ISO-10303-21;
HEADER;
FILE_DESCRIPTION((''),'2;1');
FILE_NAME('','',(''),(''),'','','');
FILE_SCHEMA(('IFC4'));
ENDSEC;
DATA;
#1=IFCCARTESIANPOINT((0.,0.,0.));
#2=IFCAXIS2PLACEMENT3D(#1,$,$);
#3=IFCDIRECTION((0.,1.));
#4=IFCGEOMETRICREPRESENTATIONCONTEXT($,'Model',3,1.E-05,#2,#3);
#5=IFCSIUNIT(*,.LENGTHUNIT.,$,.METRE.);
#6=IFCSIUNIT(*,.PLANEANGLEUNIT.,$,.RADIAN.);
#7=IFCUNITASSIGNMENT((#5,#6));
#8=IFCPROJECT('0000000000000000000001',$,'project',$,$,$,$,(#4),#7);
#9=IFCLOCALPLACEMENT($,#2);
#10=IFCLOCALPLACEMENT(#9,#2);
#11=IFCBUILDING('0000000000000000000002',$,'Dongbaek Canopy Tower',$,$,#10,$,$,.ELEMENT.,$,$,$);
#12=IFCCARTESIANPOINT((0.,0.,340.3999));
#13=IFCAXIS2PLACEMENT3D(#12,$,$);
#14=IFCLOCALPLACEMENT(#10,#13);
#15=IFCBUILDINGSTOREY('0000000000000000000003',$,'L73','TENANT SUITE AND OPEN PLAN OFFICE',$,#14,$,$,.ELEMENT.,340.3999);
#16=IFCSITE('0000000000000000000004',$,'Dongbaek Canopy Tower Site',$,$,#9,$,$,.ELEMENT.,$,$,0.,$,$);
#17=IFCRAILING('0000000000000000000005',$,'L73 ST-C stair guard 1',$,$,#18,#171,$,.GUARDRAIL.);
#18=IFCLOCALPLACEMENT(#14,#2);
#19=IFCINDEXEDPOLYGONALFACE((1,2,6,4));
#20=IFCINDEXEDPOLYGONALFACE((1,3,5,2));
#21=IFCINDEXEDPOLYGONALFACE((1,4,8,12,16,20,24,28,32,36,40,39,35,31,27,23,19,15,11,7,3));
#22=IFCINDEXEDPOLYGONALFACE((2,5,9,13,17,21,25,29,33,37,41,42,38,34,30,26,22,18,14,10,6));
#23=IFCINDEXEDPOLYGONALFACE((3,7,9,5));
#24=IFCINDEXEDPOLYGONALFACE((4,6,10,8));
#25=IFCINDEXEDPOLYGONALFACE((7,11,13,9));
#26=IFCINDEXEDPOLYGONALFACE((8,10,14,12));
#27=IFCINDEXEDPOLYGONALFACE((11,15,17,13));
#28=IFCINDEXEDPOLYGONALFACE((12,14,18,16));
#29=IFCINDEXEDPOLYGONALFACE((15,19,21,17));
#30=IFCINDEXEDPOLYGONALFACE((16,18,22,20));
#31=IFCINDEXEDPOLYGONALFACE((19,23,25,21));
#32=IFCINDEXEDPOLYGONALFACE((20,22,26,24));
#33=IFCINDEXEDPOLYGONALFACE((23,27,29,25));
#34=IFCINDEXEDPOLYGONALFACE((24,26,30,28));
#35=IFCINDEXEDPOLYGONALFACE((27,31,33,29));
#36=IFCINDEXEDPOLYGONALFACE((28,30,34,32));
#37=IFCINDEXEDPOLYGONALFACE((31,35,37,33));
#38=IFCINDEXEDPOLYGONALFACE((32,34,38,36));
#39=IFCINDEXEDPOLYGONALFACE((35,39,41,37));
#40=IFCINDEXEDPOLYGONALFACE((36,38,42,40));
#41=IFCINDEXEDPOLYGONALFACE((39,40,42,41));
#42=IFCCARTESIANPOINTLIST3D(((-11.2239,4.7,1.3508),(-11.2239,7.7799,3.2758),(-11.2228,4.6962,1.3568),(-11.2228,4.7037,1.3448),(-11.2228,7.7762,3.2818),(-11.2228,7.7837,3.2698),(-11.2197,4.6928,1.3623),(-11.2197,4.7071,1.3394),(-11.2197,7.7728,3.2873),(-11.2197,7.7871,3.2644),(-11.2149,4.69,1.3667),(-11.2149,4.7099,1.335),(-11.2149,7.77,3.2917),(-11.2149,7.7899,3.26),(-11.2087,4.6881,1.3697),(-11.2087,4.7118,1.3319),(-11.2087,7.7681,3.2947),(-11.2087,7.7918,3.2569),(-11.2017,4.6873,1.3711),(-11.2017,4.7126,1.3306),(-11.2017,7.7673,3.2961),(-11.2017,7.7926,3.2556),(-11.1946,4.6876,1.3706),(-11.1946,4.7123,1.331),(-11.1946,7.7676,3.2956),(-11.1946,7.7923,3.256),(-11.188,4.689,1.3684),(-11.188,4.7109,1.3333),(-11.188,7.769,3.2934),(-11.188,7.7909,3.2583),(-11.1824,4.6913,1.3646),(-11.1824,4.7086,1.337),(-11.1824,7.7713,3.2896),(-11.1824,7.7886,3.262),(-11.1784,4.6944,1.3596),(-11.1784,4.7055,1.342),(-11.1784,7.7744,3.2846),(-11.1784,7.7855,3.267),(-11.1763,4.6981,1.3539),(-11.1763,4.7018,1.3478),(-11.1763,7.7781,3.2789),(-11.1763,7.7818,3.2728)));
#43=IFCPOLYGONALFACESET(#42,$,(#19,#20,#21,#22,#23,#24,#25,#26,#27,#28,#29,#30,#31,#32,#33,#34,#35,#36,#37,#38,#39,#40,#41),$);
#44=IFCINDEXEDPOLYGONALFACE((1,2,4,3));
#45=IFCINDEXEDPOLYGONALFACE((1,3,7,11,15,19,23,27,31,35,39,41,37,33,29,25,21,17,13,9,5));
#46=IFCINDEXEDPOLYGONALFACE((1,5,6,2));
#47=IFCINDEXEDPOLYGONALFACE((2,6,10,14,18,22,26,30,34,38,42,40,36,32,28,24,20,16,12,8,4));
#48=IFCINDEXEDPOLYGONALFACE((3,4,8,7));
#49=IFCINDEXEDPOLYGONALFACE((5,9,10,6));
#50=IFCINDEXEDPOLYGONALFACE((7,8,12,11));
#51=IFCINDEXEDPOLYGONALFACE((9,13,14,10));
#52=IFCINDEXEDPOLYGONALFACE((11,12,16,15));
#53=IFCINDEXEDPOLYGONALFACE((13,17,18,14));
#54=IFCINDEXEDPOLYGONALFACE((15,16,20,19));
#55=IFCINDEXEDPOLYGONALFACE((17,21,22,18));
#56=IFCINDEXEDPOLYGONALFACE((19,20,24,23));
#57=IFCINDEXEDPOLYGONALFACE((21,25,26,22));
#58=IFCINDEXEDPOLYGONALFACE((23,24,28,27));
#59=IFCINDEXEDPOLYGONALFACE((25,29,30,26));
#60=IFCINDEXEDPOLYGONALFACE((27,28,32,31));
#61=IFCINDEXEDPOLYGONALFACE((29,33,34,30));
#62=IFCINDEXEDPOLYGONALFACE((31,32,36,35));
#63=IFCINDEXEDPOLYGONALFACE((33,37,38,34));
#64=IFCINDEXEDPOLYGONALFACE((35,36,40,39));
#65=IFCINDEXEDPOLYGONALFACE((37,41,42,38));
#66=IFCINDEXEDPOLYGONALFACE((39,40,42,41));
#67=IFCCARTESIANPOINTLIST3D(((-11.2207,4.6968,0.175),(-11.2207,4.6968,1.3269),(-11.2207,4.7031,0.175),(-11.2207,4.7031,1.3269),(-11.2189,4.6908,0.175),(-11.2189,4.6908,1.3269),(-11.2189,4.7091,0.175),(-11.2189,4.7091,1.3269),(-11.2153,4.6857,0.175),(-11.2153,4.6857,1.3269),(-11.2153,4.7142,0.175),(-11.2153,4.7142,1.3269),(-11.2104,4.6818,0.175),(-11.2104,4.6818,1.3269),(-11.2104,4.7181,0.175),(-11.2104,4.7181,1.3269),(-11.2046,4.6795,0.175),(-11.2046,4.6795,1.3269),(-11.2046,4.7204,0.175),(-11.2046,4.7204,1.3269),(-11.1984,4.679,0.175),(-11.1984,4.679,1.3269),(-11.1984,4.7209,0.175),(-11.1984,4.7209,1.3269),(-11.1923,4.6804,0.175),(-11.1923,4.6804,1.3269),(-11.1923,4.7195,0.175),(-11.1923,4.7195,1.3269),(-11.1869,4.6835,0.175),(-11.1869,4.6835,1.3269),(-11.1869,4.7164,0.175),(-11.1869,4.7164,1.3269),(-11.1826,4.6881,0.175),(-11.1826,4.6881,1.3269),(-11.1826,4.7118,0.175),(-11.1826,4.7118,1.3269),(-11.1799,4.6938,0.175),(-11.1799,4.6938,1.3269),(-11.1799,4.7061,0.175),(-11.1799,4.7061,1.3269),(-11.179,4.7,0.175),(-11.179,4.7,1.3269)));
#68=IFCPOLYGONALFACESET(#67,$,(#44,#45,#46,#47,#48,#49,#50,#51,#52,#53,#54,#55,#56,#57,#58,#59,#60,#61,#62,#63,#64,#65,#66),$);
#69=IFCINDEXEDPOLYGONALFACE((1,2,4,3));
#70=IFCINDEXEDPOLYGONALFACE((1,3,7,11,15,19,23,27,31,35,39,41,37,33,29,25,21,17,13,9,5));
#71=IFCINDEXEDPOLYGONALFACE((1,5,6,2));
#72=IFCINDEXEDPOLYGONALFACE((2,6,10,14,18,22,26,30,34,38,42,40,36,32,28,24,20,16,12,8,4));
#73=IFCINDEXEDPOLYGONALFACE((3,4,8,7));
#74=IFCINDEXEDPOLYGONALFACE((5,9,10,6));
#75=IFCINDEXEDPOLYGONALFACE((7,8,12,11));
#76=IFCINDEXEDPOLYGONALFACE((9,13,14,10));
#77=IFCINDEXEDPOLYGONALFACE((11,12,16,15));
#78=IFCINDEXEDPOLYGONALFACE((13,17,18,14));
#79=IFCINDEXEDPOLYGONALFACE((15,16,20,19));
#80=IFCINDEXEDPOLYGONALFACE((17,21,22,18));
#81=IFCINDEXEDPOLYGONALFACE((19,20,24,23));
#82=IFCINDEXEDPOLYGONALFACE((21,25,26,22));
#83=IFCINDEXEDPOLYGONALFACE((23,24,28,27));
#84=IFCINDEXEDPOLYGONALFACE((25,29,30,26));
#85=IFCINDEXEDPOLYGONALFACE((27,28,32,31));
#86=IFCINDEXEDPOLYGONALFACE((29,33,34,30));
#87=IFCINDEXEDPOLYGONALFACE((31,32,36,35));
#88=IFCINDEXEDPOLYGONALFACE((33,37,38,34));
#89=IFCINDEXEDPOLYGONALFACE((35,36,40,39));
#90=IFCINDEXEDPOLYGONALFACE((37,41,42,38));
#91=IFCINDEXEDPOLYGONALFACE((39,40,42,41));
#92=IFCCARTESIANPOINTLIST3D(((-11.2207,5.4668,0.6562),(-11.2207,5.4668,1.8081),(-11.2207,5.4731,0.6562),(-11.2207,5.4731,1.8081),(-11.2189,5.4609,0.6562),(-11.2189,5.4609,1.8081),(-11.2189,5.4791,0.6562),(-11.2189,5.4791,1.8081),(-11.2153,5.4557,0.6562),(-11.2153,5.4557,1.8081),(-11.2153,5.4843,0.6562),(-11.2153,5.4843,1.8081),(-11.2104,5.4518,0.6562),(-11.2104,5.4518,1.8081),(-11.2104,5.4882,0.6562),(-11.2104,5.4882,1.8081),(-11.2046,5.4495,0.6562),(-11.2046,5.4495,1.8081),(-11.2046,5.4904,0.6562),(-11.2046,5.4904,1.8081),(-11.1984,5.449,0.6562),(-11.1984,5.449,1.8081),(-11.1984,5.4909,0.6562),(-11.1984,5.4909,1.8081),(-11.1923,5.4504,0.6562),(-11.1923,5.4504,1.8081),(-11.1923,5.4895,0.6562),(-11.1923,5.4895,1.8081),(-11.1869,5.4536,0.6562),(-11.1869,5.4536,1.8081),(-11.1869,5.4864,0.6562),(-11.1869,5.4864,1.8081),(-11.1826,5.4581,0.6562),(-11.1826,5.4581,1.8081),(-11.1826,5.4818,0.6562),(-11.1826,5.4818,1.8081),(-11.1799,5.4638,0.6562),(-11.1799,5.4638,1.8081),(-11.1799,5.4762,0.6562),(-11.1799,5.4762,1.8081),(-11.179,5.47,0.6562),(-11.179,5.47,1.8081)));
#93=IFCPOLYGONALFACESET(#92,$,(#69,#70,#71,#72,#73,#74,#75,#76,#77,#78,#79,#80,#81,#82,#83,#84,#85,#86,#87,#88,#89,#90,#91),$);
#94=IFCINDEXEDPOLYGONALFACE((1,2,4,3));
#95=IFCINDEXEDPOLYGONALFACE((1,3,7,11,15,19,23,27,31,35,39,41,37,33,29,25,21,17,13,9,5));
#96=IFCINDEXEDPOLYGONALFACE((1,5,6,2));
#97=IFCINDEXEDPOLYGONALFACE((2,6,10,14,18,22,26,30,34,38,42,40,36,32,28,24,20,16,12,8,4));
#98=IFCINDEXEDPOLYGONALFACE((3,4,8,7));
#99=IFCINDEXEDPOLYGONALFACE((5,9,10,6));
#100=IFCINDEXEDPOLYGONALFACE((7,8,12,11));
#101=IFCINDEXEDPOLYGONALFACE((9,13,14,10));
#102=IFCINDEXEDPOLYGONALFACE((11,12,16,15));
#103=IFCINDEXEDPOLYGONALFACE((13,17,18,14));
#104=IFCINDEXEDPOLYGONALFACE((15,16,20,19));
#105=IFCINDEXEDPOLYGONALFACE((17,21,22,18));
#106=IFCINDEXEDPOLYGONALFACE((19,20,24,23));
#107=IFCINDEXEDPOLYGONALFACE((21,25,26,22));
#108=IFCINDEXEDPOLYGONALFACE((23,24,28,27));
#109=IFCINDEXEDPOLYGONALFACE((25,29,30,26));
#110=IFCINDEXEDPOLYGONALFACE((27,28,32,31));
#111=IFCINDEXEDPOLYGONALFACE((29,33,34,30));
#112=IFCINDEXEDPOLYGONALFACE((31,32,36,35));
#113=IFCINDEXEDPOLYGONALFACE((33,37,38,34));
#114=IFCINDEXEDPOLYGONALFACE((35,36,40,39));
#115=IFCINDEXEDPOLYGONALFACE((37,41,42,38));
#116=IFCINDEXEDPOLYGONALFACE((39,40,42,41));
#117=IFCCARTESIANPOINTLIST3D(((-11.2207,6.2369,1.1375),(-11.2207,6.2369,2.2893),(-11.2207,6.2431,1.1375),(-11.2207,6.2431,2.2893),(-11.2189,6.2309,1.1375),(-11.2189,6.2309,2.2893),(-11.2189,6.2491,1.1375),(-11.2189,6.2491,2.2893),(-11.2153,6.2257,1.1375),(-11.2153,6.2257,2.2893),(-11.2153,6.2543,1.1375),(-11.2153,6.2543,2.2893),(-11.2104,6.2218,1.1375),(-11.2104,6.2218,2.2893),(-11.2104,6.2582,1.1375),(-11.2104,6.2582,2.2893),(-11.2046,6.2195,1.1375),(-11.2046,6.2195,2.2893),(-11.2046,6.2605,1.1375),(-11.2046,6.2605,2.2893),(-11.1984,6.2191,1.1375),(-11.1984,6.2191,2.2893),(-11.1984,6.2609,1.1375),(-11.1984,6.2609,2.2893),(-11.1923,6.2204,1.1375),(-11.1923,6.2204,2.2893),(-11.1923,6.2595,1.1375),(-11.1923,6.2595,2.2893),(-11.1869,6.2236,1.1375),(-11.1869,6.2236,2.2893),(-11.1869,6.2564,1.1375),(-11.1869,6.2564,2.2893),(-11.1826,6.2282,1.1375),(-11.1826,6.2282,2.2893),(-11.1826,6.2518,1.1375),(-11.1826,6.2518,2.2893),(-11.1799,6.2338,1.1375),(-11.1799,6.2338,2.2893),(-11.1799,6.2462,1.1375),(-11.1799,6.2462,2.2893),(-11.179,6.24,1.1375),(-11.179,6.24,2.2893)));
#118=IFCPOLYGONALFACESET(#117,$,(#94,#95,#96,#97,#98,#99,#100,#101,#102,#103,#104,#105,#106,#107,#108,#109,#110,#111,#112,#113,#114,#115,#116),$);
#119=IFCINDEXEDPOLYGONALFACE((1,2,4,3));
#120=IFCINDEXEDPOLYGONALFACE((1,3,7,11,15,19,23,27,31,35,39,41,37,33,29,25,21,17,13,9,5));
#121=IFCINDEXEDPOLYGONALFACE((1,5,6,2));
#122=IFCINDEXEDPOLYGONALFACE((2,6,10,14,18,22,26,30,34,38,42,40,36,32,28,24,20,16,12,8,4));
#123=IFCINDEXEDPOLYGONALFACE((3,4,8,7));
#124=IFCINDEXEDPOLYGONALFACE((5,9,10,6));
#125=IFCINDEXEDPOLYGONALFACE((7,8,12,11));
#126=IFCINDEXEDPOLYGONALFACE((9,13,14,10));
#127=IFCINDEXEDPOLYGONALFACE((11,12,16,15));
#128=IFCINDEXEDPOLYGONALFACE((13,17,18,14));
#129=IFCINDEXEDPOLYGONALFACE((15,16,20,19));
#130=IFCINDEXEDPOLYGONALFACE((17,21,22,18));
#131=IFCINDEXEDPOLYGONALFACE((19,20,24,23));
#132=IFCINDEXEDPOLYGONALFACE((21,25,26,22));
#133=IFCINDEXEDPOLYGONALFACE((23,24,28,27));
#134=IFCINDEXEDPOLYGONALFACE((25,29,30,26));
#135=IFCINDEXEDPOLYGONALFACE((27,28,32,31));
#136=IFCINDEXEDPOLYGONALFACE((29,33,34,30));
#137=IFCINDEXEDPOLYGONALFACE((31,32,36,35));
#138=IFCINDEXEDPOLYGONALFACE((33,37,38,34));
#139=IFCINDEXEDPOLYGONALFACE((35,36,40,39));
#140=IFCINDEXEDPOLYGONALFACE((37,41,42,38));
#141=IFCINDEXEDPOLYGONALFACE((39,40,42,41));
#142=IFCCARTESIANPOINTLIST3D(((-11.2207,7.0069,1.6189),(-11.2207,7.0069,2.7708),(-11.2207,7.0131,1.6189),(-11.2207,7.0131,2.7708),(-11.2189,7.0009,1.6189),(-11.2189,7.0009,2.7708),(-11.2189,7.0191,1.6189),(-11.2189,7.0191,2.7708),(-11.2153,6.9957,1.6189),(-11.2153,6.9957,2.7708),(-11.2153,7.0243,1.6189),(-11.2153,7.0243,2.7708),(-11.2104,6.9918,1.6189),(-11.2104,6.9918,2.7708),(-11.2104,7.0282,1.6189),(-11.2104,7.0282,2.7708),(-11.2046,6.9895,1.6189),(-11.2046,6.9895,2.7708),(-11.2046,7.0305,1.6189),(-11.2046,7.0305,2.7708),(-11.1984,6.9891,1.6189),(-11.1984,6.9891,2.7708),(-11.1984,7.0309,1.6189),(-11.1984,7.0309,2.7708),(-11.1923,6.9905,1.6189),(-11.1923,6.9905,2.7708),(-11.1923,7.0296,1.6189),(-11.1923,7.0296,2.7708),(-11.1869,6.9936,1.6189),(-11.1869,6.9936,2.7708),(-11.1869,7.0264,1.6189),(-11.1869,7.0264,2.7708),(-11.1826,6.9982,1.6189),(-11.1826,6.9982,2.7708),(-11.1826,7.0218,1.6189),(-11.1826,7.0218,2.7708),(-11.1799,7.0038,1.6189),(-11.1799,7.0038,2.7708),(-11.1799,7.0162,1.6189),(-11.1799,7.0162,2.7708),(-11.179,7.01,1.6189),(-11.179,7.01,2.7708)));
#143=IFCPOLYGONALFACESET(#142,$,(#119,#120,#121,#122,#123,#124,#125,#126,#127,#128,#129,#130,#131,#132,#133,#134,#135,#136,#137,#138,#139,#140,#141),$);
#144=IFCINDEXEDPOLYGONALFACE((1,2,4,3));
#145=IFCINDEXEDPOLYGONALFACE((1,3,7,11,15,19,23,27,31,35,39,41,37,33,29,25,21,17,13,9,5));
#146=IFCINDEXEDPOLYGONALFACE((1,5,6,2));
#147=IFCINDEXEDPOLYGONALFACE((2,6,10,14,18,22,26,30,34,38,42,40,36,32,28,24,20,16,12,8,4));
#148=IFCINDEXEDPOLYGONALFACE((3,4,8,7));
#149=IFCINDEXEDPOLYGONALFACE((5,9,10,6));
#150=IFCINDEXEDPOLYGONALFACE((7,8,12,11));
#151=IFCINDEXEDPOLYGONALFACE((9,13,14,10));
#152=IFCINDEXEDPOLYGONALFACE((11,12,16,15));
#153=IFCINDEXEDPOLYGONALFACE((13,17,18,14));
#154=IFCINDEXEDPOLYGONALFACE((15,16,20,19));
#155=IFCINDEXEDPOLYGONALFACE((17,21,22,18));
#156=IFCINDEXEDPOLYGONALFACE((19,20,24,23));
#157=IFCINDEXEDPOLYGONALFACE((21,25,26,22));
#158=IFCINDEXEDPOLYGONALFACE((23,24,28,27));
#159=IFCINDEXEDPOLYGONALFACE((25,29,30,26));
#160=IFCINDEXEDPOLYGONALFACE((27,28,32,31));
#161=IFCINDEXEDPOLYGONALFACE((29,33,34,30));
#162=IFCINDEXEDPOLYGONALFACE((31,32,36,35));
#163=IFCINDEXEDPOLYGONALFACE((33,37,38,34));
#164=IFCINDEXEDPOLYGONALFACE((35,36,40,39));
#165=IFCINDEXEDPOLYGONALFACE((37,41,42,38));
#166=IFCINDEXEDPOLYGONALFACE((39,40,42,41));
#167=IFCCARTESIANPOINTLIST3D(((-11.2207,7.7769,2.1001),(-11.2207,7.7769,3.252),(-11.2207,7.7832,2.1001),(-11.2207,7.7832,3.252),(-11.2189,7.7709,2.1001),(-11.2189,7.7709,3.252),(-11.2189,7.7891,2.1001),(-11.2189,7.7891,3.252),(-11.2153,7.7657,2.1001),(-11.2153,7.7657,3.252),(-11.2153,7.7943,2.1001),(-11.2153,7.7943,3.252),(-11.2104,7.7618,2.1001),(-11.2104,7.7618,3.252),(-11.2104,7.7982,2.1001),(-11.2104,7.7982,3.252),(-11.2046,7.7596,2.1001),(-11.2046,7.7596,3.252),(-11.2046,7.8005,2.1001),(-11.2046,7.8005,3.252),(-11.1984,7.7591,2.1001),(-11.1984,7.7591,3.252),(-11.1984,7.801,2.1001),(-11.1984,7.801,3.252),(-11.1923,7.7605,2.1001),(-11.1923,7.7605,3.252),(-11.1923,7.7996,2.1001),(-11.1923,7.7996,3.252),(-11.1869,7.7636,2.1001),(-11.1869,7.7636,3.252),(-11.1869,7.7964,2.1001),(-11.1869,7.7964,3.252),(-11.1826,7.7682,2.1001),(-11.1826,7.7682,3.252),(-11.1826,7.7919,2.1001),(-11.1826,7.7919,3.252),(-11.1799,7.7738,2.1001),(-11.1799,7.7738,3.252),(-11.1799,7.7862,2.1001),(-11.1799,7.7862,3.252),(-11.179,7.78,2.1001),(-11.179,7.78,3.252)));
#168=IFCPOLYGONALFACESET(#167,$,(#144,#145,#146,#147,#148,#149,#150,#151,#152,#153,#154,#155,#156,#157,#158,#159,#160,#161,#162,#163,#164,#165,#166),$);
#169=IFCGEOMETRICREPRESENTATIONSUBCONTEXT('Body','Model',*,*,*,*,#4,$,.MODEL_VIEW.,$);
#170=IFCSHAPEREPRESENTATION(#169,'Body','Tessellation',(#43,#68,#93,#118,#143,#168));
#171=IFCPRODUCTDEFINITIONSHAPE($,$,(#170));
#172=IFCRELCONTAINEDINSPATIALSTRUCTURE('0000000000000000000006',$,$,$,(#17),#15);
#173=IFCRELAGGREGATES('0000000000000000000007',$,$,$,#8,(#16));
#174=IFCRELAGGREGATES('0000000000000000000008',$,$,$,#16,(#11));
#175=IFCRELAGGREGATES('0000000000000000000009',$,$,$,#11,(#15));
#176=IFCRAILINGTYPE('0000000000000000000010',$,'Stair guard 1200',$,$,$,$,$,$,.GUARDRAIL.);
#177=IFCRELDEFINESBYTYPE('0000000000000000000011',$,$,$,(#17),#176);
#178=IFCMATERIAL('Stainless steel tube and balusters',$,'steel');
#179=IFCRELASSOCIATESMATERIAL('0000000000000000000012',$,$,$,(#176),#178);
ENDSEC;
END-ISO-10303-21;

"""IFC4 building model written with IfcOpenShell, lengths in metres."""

from ifc_helpers import new_model, si_unit, direction, frame, origin, origin_2d, place, context, subcontext, project, spatial, circle, extrude, material, type_object, element, save


model = new_model("IFC4")

# Units and contexts
model_context = context("Model", 3, precision=1e-05, world=origin(), true_north=direction((0.0, 1.0)))
body_context = subcontext(model_context, "Body", "Model", "MODEL_VIEW")
ifc_project = project(units=[si_unit("LENGTHUNIT", "METRE"), si_unit("PLANEANGLEUNIT", "RADIAN")], contexts=[model_context])

# Site, building, storey
site_placement = place(None, origin())
site = spatial("IfcSite", under=ifc_project, at=site_placement, Name="Dongbaek Canopy Tower Site", CompositionType="ELEMENT", RefElevation=0.0)
building_placement = place(site_placement, origin())
building = spatial("IfcBuilding", under=site, at=building_placement, Name="Dongbaek Canopy Tower", CompositionType="ELEMENT")
storey_placement = place(building_placement, frame((0.0, 0.0, 340.3999)))
storey = spatial("IfcBuildingStorey", under=building, at=storey_placement, Name="L73", Description="TENANT SUITE AND OPEN PLAN OFFICE", CompositionType="ELEMENT", Elevation=340.3999)

# Railing
ifc_material_1 = material(Name="Stainless steel tube and balusters", Category="steel")
railing_type_1 = type_object("IfcRailingType", Name="Stair guard 1200", PredefinedType="GUARDRAIL", material=ifc_material_1)
railing_1_placement = place(storey_placement, frame((-11.2, 4.7, 0.175)))
element("IfcRailing", 1, at=railing_1_placement, inside=storey, type_object=railing_type_1, Name="L73 ST-C stair guard 1", PredefinedType="GUARDRAIL", context=body_context, shape_type="SweptSolid", body=[
    extrude(circle(Radius=0.0239, at=origin_2d()), frame((0.0, 0.0, 1.1758), z_axis=(0.0, 0.847998, 0.529999), x_axis=(-1.0, 0.0, 0.0)), (0.0, 0.0, 1.0), 3.6321),
    extrude(circle(Radius=0.021, at=origin_2d()), origin(), (0.0, 0.0, 1.0), 1.1519),
    extrude(circle(Radius=0.021, at=origin_2d()), frame((0.0, 0.77, 0.4812)), (0.0, 0.0, 1.0), 1.1519),
    extrude(circle(Radius=0.021, at=origin_2d()), frame((0.0, 1.54, 0.9624)), (0.0, 0.0, 1.0), 1.1519),
    extrude(circle(Radius=0.021, at=origin_2d()), frame((0.0, 2.3101, 1.4438)), (0.0, 0.0, 1.0), 1.1519),
    extrude(circle(Radius=0.021, at=origin_2d()), frame((0.0, 3.0801, 1.925)), (0.0, 0.0, 1.0), 1.1519),
])

save(model, "model.ifc")
